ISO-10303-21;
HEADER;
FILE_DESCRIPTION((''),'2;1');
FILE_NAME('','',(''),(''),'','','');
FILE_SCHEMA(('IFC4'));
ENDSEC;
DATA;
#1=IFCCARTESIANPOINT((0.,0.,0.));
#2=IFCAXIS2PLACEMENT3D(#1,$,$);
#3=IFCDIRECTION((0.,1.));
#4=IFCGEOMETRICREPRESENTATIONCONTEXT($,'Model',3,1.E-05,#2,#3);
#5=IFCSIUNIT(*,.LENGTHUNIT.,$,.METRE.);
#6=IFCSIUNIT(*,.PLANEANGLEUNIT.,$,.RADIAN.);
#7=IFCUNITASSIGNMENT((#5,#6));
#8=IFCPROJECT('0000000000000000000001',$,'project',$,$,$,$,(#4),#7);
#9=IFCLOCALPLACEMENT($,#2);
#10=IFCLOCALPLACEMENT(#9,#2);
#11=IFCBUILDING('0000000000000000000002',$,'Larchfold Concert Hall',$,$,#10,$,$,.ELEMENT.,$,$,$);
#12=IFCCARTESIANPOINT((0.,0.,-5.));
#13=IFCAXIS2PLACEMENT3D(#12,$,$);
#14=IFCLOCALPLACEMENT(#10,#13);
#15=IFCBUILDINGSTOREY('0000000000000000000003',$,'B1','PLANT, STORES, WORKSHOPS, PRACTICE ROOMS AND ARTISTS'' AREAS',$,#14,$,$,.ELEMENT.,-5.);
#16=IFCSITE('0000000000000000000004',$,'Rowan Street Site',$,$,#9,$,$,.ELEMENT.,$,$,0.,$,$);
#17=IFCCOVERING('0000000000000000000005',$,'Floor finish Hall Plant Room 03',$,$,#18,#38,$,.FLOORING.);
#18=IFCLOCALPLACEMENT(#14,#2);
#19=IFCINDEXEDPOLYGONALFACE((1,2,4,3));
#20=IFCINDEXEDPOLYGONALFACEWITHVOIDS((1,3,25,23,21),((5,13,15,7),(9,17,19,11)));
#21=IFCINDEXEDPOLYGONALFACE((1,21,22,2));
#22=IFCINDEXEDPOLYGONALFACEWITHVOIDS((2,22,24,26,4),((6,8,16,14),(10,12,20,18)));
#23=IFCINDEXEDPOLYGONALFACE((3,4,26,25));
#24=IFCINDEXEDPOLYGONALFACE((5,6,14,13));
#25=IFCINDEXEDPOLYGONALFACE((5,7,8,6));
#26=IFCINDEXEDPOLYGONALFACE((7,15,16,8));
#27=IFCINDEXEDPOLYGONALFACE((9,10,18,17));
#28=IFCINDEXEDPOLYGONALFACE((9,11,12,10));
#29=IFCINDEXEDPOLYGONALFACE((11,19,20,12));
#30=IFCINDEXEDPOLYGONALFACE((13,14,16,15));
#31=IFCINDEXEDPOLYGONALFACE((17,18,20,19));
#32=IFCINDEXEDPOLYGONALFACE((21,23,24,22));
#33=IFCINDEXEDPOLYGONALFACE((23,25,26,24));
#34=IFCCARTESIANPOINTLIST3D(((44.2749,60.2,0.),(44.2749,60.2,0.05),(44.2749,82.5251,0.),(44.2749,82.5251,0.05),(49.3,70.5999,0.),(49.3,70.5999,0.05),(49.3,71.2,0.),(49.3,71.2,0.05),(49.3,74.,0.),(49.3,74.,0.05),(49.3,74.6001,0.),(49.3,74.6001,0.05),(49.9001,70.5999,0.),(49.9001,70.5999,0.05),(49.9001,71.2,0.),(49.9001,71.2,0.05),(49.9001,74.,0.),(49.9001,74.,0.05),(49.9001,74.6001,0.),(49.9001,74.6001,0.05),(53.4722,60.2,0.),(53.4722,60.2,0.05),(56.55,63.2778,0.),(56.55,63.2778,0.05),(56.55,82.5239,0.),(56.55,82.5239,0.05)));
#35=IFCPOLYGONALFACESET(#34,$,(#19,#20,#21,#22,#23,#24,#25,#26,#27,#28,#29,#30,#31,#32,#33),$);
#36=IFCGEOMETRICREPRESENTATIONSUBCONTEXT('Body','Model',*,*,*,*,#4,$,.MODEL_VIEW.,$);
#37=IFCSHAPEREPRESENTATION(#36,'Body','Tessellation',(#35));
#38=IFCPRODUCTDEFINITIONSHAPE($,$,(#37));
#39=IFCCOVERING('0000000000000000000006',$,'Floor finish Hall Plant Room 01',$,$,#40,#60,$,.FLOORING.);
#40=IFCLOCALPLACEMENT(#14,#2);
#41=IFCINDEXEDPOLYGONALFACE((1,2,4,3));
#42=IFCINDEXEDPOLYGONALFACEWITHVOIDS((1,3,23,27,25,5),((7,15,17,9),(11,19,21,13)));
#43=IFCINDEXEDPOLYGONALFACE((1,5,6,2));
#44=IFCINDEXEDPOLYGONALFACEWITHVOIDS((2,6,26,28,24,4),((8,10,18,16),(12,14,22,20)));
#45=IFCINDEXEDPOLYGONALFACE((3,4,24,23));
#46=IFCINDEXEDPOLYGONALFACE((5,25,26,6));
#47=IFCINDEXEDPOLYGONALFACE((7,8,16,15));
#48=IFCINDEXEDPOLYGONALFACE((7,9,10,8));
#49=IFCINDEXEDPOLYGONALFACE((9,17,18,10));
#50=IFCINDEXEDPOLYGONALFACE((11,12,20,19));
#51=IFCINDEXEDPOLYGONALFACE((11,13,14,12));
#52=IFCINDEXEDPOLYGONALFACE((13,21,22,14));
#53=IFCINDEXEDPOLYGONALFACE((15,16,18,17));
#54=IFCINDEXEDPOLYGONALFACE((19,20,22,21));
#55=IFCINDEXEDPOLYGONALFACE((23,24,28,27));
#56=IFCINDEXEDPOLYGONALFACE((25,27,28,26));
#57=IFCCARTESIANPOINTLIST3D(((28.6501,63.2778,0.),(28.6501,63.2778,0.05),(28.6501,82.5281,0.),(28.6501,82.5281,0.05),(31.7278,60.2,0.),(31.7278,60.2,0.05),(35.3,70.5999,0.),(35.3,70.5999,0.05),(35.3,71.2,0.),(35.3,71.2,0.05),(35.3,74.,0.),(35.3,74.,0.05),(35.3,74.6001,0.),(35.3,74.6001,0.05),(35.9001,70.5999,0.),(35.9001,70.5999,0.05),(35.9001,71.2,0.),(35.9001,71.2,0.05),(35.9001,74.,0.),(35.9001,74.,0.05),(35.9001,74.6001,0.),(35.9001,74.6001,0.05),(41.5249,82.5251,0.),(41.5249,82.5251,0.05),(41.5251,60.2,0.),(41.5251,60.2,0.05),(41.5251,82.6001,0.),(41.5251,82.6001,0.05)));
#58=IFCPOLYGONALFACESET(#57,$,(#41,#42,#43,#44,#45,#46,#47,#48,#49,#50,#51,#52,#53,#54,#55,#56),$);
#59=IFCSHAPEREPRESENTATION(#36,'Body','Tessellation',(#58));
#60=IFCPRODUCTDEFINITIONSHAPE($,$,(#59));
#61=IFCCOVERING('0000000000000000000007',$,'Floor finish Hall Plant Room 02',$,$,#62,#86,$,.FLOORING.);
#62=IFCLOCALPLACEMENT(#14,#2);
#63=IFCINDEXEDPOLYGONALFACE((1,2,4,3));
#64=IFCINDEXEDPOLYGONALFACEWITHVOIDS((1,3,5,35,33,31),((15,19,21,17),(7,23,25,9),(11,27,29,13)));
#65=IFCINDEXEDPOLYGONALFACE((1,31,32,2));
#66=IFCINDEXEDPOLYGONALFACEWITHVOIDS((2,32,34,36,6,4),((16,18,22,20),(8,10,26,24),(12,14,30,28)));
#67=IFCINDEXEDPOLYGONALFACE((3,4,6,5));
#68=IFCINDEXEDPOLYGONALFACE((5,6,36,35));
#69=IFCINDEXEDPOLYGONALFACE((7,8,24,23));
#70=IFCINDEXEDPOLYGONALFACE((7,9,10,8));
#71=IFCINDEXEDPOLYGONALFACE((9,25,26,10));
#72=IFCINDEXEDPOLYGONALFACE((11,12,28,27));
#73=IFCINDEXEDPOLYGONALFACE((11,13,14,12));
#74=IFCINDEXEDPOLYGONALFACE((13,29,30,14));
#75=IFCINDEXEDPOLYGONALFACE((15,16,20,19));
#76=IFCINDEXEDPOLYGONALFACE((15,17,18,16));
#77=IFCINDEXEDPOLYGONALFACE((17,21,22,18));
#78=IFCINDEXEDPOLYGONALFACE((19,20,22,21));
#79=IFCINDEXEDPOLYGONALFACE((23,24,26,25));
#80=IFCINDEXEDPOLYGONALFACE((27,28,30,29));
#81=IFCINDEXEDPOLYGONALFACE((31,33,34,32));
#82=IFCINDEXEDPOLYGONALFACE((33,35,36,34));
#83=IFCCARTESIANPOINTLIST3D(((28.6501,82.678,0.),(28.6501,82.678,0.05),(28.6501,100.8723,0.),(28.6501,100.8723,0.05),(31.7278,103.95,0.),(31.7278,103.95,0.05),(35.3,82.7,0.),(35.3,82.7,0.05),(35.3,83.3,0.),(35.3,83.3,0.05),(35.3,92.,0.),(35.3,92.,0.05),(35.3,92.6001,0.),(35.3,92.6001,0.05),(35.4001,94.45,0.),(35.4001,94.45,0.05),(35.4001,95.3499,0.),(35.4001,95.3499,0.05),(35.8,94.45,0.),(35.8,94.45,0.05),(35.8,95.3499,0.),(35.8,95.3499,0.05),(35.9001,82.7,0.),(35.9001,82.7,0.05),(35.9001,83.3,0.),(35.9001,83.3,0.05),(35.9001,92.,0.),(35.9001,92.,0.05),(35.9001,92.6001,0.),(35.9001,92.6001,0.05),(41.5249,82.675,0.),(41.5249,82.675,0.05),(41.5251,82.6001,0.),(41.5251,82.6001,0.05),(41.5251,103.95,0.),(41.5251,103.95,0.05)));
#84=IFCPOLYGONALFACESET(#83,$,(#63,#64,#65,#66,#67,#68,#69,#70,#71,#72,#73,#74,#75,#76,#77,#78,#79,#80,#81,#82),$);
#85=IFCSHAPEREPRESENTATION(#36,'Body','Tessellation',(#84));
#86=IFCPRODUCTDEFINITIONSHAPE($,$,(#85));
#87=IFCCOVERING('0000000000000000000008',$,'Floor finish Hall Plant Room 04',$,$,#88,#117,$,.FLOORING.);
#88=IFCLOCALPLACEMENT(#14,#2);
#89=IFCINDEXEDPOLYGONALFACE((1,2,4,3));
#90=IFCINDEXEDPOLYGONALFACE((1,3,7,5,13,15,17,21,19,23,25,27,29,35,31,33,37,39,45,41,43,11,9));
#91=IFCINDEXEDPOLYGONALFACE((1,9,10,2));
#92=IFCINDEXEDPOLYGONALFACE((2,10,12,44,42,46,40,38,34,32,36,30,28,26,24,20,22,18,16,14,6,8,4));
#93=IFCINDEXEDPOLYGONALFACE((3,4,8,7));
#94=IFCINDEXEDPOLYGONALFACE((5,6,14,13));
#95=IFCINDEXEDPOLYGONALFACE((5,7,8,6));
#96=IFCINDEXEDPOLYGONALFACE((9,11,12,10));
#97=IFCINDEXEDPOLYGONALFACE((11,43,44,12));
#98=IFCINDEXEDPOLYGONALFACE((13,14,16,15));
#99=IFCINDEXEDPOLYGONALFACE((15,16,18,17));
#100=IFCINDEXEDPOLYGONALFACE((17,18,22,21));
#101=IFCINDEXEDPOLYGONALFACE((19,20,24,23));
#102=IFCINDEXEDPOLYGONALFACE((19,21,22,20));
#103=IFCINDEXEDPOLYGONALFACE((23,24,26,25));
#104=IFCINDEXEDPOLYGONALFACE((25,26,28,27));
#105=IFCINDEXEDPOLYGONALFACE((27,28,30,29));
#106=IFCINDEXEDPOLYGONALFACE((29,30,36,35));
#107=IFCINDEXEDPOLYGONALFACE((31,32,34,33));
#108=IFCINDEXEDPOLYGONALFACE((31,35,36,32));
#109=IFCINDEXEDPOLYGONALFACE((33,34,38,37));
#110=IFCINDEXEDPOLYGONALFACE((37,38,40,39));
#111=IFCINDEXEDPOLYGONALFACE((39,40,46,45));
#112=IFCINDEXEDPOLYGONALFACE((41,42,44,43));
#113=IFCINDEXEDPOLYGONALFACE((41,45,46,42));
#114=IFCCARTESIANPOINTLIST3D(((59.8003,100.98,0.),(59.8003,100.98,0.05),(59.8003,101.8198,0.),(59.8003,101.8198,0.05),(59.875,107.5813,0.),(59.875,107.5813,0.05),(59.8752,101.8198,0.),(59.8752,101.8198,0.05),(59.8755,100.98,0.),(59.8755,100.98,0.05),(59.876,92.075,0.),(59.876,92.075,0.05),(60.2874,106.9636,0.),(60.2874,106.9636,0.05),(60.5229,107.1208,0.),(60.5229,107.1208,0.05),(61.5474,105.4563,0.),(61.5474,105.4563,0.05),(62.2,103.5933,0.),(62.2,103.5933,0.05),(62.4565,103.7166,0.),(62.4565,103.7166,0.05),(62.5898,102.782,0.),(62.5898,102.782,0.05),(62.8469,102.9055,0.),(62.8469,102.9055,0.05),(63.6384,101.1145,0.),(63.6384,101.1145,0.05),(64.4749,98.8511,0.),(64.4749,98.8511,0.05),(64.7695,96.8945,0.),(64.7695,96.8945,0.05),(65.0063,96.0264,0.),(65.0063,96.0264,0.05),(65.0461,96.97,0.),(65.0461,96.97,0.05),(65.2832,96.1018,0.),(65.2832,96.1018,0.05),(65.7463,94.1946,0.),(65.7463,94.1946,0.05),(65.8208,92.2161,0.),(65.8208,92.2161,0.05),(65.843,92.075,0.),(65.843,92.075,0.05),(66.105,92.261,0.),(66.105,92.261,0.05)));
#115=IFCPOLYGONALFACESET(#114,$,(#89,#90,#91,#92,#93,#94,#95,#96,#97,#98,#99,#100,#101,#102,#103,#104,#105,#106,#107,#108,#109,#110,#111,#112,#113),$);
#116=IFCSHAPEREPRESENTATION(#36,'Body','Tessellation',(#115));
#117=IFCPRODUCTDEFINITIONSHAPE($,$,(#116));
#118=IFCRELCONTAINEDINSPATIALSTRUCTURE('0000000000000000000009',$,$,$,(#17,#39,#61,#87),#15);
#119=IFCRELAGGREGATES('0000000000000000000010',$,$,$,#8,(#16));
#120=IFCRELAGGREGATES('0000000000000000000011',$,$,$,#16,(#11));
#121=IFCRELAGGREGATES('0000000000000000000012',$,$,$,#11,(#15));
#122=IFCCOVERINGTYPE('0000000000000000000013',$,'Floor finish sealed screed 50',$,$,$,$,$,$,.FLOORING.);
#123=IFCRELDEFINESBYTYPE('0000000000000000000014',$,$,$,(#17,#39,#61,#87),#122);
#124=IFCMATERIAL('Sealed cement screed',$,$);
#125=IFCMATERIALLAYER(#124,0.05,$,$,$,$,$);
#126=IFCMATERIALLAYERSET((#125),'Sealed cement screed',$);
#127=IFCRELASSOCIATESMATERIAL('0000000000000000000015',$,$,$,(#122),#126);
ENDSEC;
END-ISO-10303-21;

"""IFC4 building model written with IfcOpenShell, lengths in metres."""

from ifc_helpers import new_model, si_unit, direction, frame, origin, place, context, subcontext, project, spatial, polyline, outline, extrude, material, layer, layer_set, type_object, element, save


model = new_model("IFC4")

# Units and contexts
model_context = context("Model", 3, precision=1e-05, world=origin(), true_north=direction((0.0, 1.0)))
body_context = subcontext(model_context, "Body", "Model", "MODEL_VIEW")
ifc_project = project(units=[si_unit("LENGTHUNIT", "METRE"), si_unit("PLANEANGLEUNIT", "RADIAN")], contexts=[model_context])

# Site, building, storey
site_placement = place(None, origin())
site = spatial("IfcSite", under=ifc_project, at=site_placement, Name="Rowan Street Site", CompositionType="ELEMENT", RefElevation=0.0)
building_placement = place(site_placement, origin())
building = spatial("IfcBuilding", under=site, at=building_placement, Name="Larchfold Concert Hall", CompositionType="ELEMENT")
storey_placement = place(building_placement, frame((0.0, 0.0, -5.0)))
storey = spatial("IfcBuildingStorey", under=building, at=storey_placement, Name="B1", Description="PLANT, STORES, WORKSHOPS, PRACTICE ROOMS AND ARTISTS' AREAS", CompositionType="ELEMENT", Elevation=-5.0)

# Coverings
ifc_material_1 = material(Name="Sealed cement screed")
ifc_layer_1 = layer(ifc_material_1, 0.05)
ifc_layer_set_1 = layer_set([ifc_layer_1], Name="Sealed cement screed")
covering_type_1 = type_object("IfcCoveringType", Name="Floor finish sealed screed 50", PredefinedType="FLOORING", material=ifc_layer_set_1)
covering_1_placement = place(storey_placement, origin())
element("IfcCovering", 1, at=covering_1_placement, inside=storey, type_object=covering_type_1, Name="Floor finish Hall Plant Room 03", PredefinedType="FLOORING", context=body_context, shape_type="SweptSolid", body=[
    extrude(outline(polyline([(44.2749, 60.2), (53.4722, 60.2), (56.55, 63.2778), (56.55, 82.5239), (44.2749, 82.5251), (44.2749, 60.2)]), holes=[polyline([(49.3, 71.2), (49.9001, 71.2), (49.9001, 70.5999), (49.3, 70.5999), (49.3, 71.2)]), polyline([(49.3, 74.6001), (49.9001, 74.6001), (49.9001, 74.0), (49.3, 74.0), (49.3, 74.6001)])]), origin(), (0.0, 0.0, 1.0), 0.05),
])
covering_2_placement = place(storey_placement, origin())
element("IfcCovering", 2, at=covering_2_placement, inside=storey, type_object=covering_type_1, Name="Floor finish Hall Plant Room 01", PredefinedType="FLOORING", context=body_context, shape_type="SweptSolid", body=[
    extrude(outline(polyline([(41.5249, 82.5251), (28.6501, 82.5281), (28.6501, 63.2778), (31.7278, 60.2), (41.5251, 60.2), (41.5251, 82.6001), (41.5249, 82.5251)]), holes=[polyline([(35.3, 71.2), (35.9001, 71.2), (35.9001, 70.5999), (35.3, 70.5999), (35.3, 71.2)]), polyline([(35.3, 74.6001), (35.9001, 74.6001), (35.9001, 74.0), (35.3, 74.0), (35.3, 74.6001)])]), origin(), (0.0, 0.0, 1.0), 0.05),
])
covering_3_placement = place(storey_placement, origin())
element("IfcCovering", 3, at=covering_3_placement, inside=storey, type_object=covering_type_1, Name="Floor finish Hall Plant Room 02", PredefinedType="FLOORING", context=body_context, shape_type="SweptSolid", body=[
    extrude(outline(polyline([(28.6501, 100.8723), (28.6501, 82.678), (41.5249, 82.675), (41.5251, 82.6001), (41.5251, 103.95), (31.7278, 103.95), (28.6501, 100.8723)]), holes=[polyline([(35.9001, 83.3), (35.9001, 82.7), (35.3, 82.7), (35.3, 83.3), (35.9001, 83.3)]), polyline([(35.9001, 92.6001), (35.9001, 92.0), (35.3, 92.0), (35.3, 92.6001), (35.9001, 92.6001)]), polyline([(35.4001, 95.3499), (35.8, 95.3499), (35.8, 94.45), (35.4001, 94.45), (35.4001, 95.3499)])]), origin(), (0.0, 0.0, 1.0), 0.05),
])
covering_4_placement = place(storey_placement, origin())
element("IfcCovering", 4, at=covering_4_placement, inside=storey, type_object=covering_type_1, Name="Floor finish Hall Plant Room 04", PredefinedType="FLOORING", context=body_context, shape_type="SweptSolid", body=[
    extrude(outline(polyline([(59.8003, 101.8198), (59.8003, 100.98), (59.8755, 100.98), (59.876, 92.075), (65.843, 92.075), (65.8208, 92.2161), (66.105, 92.261), (65.7463, 94.1946), (65.2832, 96.1018), (65.0063, 96.0264), (64.7695, 96.8945), (65.0461, 96.97), (64.4749, 98.8511), (63.6384, 101.1145), (62.8469, 102.9055), (62.5898, 102.782), (62.2, 103.5933), (62.4565, 103.7166), (61.5474, 105.4563), (60.5229, 107.1208), (60.2874, 106.9636), (59.875, 107.5813), (59.8752, 101.8198), (59.8003, 101.8198)])), origin(), (0.0, 0.0, 1.0), 0.05),
])

save(model, "model.ifc")
